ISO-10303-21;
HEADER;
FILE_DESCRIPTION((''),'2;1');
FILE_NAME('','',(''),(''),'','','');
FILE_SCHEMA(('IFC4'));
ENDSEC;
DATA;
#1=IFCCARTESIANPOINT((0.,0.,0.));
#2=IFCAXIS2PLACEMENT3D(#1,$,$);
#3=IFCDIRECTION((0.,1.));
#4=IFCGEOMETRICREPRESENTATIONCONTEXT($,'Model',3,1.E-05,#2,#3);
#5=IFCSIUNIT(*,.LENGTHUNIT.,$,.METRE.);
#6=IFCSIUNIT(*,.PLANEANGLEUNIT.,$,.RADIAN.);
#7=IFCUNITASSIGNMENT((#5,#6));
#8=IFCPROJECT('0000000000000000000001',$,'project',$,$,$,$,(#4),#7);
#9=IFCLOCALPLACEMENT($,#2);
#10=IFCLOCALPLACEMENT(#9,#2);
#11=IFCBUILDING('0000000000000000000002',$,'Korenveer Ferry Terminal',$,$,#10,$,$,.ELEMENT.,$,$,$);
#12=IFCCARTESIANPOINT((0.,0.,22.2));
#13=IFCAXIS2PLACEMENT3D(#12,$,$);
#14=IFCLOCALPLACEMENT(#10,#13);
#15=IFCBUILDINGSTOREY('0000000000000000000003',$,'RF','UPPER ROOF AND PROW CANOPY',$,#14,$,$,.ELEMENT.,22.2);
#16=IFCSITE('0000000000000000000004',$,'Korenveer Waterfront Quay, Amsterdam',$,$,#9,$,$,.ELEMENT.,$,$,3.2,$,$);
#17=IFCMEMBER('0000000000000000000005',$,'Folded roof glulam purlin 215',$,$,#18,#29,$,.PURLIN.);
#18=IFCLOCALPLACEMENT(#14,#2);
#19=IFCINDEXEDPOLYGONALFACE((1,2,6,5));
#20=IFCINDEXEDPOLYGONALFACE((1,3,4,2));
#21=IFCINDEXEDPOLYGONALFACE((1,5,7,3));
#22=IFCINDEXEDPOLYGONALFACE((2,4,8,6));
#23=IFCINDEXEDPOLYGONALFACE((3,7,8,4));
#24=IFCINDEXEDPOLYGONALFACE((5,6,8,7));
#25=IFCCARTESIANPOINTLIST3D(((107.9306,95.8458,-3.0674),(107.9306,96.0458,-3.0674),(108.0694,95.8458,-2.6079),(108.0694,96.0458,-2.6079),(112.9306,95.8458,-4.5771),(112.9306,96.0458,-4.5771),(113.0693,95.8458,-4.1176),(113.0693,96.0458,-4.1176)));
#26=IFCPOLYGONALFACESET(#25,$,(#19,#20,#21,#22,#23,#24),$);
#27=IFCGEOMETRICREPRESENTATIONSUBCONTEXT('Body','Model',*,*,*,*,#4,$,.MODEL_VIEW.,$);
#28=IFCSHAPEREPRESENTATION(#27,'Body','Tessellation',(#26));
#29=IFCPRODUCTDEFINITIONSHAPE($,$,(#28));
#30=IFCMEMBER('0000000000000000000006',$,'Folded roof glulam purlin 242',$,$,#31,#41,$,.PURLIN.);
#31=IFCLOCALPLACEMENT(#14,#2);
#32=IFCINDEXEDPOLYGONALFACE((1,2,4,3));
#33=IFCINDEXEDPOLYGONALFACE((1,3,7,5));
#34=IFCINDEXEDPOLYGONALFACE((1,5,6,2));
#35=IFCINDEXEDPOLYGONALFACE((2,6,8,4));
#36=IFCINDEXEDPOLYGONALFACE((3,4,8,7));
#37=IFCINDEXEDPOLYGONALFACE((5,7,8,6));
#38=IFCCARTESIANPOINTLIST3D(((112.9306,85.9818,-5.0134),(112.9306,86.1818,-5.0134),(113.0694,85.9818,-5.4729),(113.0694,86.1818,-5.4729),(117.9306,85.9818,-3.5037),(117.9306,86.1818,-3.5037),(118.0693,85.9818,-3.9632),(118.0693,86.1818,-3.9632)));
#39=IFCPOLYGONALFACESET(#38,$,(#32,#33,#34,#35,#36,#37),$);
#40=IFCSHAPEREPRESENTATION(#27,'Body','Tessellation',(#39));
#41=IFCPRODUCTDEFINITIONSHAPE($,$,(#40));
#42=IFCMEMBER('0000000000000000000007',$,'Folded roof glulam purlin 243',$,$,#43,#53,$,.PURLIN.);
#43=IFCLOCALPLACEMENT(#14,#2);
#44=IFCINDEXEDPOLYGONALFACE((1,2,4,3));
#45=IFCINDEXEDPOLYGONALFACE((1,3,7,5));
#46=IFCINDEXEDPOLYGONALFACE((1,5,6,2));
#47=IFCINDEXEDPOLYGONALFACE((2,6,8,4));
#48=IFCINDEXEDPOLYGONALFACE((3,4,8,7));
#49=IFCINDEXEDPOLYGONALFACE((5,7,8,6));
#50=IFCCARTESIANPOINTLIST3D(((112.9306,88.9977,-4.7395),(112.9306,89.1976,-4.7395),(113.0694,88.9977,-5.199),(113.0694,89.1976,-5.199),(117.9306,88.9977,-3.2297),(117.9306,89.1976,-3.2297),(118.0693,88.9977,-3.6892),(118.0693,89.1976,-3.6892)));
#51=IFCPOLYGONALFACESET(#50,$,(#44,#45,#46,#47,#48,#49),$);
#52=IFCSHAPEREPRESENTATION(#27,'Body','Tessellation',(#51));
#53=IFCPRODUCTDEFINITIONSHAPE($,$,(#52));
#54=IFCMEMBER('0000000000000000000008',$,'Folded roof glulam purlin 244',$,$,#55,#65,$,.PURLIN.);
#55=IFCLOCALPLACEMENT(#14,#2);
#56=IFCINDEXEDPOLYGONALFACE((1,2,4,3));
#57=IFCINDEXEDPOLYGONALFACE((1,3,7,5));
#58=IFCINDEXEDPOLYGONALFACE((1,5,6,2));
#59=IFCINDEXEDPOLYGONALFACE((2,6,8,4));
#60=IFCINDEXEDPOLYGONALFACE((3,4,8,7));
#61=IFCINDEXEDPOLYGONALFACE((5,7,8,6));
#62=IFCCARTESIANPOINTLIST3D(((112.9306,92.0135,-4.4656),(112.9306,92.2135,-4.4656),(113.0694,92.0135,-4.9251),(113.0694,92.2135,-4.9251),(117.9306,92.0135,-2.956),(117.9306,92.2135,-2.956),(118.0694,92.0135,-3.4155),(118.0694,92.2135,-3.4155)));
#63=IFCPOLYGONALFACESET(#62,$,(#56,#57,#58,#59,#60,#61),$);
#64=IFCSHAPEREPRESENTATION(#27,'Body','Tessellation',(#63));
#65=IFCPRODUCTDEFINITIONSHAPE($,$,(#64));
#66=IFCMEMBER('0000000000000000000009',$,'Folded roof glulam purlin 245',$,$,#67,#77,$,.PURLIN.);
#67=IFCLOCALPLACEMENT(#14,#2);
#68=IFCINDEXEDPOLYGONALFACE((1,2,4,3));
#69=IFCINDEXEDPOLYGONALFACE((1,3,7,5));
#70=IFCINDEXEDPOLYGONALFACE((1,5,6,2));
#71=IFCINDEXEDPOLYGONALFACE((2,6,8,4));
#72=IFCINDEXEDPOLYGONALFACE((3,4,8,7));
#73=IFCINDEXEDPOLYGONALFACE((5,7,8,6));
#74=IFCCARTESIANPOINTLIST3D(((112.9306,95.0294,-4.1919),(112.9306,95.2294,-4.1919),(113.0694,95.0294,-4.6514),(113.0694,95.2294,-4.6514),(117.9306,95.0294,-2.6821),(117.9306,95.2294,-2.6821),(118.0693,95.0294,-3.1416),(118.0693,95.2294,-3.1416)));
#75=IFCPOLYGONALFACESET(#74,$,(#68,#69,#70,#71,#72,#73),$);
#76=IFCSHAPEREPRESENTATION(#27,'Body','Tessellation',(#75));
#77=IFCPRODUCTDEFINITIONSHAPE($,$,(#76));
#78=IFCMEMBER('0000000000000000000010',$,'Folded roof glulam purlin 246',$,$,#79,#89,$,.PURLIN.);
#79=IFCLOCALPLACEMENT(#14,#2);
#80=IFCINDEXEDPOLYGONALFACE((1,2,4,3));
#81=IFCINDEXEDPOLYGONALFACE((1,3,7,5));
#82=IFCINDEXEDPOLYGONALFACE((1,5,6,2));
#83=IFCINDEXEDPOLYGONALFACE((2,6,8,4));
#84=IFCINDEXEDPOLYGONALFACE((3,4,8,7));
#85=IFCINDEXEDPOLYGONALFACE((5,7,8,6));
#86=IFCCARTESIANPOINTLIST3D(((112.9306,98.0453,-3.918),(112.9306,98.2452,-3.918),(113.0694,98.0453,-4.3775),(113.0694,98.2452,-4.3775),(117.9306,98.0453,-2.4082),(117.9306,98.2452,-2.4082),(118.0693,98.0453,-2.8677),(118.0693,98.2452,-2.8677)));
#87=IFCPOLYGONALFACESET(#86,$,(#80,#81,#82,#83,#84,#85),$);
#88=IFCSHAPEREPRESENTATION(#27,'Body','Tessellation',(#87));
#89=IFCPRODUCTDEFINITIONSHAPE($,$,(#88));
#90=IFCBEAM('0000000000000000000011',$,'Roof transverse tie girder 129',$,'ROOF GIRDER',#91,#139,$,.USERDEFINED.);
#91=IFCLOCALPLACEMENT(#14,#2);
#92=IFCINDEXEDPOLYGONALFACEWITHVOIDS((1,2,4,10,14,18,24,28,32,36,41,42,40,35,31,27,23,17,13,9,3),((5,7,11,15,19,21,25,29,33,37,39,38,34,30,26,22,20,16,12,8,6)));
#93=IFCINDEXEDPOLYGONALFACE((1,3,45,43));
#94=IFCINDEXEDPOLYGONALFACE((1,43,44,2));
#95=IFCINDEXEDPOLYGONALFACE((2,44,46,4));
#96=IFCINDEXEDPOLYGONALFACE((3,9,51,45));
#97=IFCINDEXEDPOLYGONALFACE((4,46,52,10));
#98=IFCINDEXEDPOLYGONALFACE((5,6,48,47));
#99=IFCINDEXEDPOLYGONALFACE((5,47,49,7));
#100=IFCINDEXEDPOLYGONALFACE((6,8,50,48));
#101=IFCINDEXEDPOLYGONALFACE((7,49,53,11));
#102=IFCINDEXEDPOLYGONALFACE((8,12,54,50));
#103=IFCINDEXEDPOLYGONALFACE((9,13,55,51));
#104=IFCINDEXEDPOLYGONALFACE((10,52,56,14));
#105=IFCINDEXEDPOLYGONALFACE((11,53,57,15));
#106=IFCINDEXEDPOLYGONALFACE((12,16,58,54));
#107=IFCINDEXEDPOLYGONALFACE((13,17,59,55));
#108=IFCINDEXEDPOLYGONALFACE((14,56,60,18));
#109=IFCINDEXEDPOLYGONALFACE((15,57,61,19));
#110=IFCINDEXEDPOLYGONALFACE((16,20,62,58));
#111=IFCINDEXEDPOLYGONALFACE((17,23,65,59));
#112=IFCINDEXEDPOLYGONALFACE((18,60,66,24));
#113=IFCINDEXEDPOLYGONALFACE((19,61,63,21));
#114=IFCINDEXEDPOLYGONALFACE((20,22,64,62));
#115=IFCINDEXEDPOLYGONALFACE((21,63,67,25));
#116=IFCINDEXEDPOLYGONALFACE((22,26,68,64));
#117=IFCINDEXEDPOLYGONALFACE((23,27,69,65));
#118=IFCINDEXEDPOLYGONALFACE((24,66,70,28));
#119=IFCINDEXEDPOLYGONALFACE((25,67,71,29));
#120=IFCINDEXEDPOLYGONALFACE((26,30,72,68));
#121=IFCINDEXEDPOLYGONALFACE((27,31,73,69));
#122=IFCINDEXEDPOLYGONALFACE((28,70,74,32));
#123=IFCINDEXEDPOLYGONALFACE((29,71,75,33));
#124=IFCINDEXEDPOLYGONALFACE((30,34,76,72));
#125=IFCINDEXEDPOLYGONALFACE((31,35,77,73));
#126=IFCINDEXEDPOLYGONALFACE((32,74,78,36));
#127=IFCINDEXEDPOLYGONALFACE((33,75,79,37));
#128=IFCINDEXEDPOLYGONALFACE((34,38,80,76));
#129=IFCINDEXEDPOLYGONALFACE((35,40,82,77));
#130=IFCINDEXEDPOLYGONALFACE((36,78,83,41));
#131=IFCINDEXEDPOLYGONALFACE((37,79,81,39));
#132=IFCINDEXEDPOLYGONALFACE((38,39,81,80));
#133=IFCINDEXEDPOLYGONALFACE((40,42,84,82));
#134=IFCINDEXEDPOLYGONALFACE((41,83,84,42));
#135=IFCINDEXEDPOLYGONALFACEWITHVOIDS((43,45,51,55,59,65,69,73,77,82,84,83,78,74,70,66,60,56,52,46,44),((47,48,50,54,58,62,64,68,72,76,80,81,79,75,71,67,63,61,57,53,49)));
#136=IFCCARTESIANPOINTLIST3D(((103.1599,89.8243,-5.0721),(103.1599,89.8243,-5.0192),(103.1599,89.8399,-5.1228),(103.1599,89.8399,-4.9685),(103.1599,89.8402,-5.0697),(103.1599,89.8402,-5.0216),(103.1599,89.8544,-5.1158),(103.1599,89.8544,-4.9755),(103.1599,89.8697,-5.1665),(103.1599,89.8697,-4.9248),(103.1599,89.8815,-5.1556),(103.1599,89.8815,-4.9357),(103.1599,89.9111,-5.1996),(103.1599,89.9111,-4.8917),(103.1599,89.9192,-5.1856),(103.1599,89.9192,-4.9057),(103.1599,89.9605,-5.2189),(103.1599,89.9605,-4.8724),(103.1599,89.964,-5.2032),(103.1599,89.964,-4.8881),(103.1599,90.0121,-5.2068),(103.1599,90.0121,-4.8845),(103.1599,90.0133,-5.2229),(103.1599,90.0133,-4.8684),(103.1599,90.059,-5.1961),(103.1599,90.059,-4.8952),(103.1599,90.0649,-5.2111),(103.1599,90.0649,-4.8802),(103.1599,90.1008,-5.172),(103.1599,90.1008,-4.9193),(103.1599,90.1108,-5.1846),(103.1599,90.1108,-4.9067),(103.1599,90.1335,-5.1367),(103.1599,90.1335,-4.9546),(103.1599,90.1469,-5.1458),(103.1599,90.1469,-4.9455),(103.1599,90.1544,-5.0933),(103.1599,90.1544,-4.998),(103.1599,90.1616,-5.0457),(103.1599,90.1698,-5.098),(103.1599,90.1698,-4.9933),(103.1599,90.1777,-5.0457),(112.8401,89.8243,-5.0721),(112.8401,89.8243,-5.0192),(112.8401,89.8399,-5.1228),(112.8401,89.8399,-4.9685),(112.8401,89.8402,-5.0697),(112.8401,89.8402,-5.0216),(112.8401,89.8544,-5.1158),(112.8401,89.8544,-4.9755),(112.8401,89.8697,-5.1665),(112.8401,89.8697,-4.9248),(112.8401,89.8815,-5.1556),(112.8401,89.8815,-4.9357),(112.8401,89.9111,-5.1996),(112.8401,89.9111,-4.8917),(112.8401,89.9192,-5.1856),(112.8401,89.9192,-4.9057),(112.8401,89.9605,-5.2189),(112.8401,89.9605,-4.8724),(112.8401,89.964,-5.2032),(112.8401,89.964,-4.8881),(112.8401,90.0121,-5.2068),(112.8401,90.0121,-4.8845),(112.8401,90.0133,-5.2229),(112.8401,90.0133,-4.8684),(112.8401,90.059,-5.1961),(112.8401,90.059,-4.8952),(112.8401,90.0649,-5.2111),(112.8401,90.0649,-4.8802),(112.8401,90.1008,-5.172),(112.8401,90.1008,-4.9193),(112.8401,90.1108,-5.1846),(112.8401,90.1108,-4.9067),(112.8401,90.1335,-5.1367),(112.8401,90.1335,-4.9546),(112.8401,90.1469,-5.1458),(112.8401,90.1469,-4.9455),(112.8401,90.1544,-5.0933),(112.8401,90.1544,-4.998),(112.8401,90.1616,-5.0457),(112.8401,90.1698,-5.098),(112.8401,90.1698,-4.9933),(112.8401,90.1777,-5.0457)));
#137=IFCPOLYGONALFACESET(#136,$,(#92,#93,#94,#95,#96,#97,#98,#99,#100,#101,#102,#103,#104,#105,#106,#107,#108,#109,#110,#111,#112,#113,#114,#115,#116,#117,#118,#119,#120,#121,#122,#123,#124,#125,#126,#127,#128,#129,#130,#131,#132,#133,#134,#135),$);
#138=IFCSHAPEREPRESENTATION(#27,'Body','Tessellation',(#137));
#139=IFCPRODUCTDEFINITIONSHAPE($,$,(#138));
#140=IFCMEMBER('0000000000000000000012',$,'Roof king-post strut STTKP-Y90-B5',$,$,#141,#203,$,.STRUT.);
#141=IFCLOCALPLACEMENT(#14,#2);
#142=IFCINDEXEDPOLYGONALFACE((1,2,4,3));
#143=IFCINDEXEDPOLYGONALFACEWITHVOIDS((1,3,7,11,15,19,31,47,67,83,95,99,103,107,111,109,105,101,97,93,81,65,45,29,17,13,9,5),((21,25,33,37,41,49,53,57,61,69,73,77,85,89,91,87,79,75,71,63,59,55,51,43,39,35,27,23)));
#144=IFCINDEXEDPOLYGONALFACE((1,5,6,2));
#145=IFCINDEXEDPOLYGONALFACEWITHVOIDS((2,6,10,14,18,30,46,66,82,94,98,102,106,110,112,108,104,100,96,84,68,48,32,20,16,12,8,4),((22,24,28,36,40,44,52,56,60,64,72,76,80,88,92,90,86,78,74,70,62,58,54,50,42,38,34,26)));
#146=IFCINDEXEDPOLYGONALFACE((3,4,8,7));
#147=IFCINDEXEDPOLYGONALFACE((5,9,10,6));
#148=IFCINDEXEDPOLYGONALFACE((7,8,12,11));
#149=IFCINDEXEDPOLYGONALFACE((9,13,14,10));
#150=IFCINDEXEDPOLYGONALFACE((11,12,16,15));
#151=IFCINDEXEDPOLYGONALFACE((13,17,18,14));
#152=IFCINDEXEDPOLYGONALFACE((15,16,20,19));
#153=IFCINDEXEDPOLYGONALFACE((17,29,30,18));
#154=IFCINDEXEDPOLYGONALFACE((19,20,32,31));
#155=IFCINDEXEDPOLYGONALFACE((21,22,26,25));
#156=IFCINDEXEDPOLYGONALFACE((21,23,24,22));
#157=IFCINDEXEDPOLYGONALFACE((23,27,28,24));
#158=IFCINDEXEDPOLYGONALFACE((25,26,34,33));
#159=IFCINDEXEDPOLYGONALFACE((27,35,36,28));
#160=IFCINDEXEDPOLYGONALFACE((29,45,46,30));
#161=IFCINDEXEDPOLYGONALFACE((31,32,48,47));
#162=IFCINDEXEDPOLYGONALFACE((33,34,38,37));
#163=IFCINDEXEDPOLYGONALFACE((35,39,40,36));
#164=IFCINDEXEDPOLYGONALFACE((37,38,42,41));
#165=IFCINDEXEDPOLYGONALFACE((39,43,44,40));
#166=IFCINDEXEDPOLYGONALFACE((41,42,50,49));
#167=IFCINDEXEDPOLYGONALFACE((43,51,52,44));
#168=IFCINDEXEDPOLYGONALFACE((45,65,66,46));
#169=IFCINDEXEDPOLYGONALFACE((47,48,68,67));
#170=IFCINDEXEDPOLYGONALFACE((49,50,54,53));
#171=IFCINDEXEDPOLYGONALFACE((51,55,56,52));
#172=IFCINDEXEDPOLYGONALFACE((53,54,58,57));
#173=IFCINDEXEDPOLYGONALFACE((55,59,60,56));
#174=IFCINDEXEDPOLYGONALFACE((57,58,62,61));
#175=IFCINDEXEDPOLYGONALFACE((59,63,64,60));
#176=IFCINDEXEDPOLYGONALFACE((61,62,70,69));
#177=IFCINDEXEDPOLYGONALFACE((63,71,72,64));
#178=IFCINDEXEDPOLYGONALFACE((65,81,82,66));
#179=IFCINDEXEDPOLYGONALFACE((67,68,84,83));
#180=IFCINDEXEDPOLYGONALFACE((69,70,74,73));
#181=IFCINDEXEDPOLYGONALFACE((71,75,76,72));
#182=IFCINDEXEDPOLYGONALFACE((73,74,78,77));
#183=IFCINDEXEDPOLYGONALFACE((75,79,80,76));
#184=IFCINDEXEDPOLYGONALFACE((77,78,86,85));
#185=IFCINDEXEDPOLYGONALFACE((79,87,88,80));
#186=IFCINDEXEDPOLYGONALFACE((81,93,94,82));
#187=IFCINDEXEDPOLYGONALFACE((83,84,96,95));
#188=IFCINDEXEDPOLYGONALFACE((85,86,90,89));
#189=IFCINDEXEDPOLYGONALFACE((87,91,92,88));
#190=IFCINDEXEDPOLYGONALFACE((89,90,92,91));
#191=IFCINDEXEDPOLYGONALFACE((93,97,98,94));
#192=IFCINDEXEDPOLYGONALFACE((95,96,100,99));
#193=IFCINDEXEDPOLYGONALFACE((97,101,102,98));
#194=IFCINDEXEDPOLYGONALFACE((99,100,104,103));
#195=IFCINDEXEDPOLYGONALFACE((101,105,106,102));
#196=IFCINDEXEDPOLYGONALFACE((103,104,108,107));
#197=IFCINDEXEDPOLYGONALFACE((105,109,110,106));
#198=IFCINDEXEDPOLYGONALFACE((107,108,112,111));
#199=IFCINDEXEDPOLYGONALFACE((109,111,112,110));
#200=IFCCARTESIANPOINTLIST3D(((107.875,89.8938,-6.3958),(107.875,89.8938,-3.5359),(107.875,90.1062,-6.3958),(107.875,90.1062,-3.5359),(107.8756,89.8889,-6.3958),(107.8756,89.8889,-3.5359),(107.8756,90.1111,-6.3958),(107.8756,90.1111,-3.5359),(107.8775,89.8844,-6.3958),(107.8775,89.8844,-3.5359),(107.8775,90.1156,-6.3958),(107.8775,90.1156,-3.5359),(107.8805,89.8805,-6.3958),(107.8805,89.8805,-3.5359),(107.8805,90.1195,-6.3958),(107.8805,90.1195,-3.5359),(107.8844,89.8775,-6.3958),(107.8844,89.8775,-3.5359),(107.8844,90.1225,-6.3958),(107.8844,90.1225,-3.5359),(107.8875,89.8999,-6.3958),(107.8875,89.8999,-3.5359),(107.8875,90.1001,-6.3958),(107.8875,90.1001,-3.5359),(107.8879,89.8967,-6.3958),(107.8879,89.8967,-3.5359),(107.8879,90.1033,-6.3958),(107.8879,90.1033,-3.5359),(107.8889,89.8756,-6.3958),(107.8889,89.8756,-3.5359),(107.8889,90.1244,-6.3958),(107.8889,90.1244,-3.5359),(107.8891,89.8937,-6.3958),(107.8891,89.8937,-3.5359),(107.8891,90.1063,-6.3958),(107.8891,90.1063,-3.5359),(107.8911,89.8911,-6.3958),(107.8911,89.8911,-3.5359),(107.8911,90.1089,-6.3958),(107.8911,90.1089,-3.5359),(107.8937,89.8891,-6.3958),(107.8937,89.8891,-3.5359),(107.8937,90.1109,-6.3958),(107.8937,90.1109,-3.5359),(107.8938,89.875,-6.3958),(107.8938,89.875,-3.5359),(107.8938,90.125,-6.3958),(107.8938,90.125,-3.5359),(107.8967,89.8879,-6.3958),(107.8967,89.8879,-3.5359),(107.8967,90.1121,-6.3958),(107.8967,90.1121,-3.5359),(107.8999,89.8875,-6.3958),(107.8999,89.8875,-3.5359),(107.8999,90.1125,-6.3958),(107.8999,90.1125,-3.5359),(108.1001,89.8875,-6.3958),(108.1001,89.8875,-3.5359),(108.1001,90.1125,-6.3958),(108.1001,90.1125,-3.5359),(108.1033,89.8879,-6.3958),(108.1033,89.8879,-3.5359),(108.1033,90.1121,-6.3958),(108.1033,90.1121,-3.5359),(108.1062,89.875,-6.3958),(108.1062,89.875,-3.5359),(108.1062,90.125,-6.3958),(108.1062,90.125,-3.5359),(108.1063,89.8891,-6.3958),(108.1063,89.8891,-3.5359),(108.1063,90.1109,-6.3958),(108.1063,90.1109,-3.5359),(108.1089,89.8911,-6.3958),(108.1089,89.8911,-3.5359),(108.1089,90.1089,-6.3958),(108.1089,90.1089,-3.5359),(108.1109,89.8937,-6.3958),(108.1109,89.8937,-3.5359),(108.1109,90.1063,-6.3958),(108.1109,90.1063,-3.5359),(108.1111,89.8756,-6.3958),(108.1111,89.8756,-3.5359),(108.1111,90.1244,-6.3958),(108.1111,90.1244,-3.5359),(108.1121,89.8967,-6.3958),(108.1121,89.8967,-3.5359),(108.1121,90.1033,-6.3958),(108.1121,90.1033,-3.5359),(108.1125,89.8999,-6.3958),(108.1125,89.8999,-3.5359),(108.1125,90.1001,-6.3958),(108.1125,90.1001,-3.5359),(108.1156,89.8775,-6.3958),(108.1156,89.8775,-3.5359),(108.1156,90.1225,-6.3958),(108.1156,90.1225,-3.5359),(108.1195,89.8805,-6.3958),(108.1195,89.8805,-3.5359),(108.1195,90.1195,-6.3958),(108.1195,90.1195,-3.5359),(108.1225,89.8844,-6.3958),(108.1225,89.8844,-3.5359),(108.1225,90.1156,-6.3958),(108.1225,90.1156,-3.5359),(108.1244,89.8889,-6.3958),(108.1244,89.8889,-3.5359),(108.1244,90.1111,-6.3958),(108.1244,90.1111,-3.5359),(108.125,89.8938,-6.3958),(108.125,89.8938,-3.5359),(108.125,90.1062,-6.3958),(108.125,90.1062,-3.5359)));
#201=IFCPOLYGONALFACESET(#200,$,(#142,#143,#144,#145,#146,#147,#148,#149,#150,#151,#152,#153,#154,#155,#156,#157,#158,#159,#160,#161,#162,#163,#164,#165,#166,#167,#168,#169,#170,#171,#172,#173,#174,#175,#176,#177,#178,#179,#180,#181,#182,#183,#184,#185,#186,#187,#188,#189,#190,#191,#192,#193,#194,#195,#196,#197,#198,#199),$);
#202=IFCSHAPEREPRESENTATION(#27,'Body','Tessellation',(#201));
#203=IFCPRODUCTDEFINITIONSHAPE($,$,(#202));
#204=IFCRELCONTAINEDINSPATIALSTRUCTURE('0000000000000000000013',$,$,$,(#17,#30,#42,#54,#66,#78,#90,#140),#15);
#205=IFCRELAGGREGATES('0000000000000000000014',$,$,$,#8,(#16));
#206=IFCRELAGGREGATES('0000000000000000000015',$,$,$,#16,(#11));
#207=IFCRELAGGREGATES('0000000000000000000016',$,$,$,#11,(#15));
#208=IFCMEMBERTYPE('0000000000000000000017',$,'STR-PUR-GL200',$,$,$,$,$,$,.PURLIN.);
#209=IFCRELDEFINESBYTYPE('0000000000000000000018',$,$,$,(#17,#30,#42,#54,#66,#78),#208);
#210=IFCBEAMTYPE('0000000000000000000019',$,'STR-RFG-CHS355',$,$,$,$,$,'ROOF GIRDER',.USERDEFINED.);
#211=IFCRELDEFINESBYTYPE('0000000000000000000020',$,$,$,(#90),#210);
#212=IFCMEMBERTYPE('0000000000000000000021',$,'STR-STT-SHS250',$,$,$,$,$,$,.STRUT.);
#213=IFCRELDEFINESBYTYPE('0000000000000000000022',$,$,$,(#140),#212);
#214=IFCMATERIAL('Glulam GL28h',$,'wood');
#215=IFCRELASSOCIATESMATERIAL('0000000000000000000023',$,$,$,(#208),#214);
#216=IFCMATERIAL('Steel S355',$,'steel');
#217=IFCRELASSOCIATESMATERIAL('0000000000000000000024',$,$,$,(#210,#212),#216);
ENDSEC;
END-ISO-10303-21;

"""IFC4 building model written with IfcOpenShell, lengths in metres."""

from ifc_helpers import new_model, si_unit, direction, frame, origin, origin_2d, place, context, subcontext, project, spatial, rectangle, hollow_rectangle, hollow_circle, extrude, material, material_profile, profile_set, type_object, element, save


model = new_model("IFC4")

# Units and contexts
model_context = context("Model", 3, precision=1e-05, world=origin(), true_north=direction((0.0, 1.0)))
body_context = subcontext(model_context, "Body", "Model", "MODEL_VIEW")
ifc_project = project(units=[si_unit("LENGTHUNIT", "METRE"), si_unit("PLANEANGLEUNIT", "RADIAN")], contexts=[model_context])

# Site, building, storey
site_placement = place(None, origin())
site = spatial("IfcSite", under=ifc_project, at=site_placement, Name="Korenveer Waterfront Quay, Amsterdam", CompositionType="ELEMENT", RefElevation=3.2)
building_placement = place(site_placement, origin())
building = spatial("IfcBuilding", under=site, at=building_placement, Name="Korenveer Ferry Terminal", CompositionType="ELEMENT")
storey_placement = place(building_placement, frame((0.0, 0.0, 22.2)))
storey = spatial("IfcBuildingStorey", under=building, at=storey_placement, Name="RF", Description="UPPER ROOF AND PROW CANOPY", CompositionType="ELEMENT", Elevation=22.2)

# Members
ifc_material_1 = material(Name="Steel S355", Category="steel")
ifc_material_2 = material(Name="Glulam GL28h", Category="wood")
ifc_material_profile_1 = material_profile(ifc_material_2, rectangle(XDim=0.2, YDim=0.48, at=origin_2d()), Name="GL 200x480")
ifc_profile_set_1 = profile_set([ifc_material_profile_1], Name="Glulam GL28h")
member_type_1 = type_object("IfcMemberType", Name="STR-PUR-GL200", PredefinedType="PURLIN", material=ifc_profile_set_1)
for number, where, z_axis, x_axis, name in (
    (1, (108.0, 95.9458, -2.8376), (0.95731, 0.0, -0.289063), (0.0, 1.0, 0.0), "Folded roof glulam purlin 215"),
    (2, (113.0, 86.0818, -5.2432), (0.95731, 0.0, 0.289063), (0.0, 1.0, 0.0), "Folded roof glulam purlin 242"),
    (3, (113.0, 89.0977, -4.9692), (0.95731, 0.0, 0.289063), (0.0, 1.0, 0.0), "Folded roof glulam purlin 243"),
    (4, (113.0, 92.1135, -4.6953), (0.957323, 0.0, 0.28902), (0.0, 1.0, 0.0), "Folded roof glulam purlin 244"),
    (5, (113.0, 95.1294, -4.4216), (0.95731, 0.0, 0.289063), (0.0, 1.0, 0.0), "Folded roof glulam purlin 245"),
    (6, (113.0, 98.1453, -4.1477), (0.95731, 0.0, 0.289063), (0.0, 1.0, 0.0), "Folded roof glulam purlin 246"),
):
    element("IfcMember", number, at=place(storey_placement, frame(where, z_axis=z_axis, x_axis=x_axis)), inside=storey, type_object=member_type_1, Name=name, PredefinedType="PURLIN", context=body_context, shape_type="SweptSolid", body=[
        extrude(rectangle(XDim=0.2, YDim=0.48, at=origin_2d()), origin(), (0.0, 0.0, 1.0), 5.2229),
    ])

# Beam
ifc_material_profile_2 = material_profile(ifc_material_1, hollow_circle(Radius=0.1777, WallThickness=0.0161, at=origin_2d()), Name="CHS 355.6x16")
ifc_profile_set_2 = profile_set([ifc_material_profile_2], Name="Steel S355")
beam_type = type_object("IfcBeamType", Name="STR-RFG-CHS355", ElementType="ROOF GIRDER", PredefinedType="USERDEFINED", material=ifc_profile_set_2)
beam_placement = place(storey_placement, frame((103.1599, 90.0, -5.0457), z_axis=(1.0, 0.0, 0.0), x_axis=(0.0, 1.0, 0.0)))
element("IfcBeam", 7, at=beam_placement, inside=storey, type_object=beam_type, Name="Roof transverse tie girder 129", ObjectType="ROOF GIRDER", PredefinedType="USERDEFINED", context=body_context, shape_type="SweptSolid", body=[
    extrude(hollow_circle(Radius=0.1777, WallThickness=0.0161, at=origin_2d()), origin(), (0.0, 0.0, 1.0), 9.6802),
])

# Member
ifc_material_profile_3 = material_profile(ifc_material_1, hollow_rectangle(XDim=0.25, YDim=0.25, WallThickness=0.0125, InnerFilletRadius=0.0125, OuterFilletRadius=0.0188, at=origin_2d()), Name="SHS 250x250x12.5")
ifc_profile_set_3 = profile_set([ifc_material_profile_3], Name="Steel S355")
member_type_2 = type_object("IfcMemberType", Name="STR-STT-SHS250", PredefinedType="STRUT", material=ifc_profile_set_3)
member_1_placement = place(storey_placement, frame((108.0, 90.0, -6.3958), z_axis=(0.0, 0.0, 1.0), x_axis=(1.0, 0.0, 0.0)))
element("IfcMember", 8, at=member_1_placement, inside=storey, type_object=member_type_2, Name="Roof king-post strut STTKP-Y90-B5", PredefinedType="STRUT", context=body_context, shape_type="SweptSolid", body=[
    extrude(hollow_rectangle(XDim=0.25, YDim=0.25, WallThickness=0.0125, InnerFilletRadius=0.0125, OuterFilletRadius=0.0188, at=origin_2d()), origin(), (0.0, 0.0, 1.0), 2.8599),
])

save(model, "model.ifc")
